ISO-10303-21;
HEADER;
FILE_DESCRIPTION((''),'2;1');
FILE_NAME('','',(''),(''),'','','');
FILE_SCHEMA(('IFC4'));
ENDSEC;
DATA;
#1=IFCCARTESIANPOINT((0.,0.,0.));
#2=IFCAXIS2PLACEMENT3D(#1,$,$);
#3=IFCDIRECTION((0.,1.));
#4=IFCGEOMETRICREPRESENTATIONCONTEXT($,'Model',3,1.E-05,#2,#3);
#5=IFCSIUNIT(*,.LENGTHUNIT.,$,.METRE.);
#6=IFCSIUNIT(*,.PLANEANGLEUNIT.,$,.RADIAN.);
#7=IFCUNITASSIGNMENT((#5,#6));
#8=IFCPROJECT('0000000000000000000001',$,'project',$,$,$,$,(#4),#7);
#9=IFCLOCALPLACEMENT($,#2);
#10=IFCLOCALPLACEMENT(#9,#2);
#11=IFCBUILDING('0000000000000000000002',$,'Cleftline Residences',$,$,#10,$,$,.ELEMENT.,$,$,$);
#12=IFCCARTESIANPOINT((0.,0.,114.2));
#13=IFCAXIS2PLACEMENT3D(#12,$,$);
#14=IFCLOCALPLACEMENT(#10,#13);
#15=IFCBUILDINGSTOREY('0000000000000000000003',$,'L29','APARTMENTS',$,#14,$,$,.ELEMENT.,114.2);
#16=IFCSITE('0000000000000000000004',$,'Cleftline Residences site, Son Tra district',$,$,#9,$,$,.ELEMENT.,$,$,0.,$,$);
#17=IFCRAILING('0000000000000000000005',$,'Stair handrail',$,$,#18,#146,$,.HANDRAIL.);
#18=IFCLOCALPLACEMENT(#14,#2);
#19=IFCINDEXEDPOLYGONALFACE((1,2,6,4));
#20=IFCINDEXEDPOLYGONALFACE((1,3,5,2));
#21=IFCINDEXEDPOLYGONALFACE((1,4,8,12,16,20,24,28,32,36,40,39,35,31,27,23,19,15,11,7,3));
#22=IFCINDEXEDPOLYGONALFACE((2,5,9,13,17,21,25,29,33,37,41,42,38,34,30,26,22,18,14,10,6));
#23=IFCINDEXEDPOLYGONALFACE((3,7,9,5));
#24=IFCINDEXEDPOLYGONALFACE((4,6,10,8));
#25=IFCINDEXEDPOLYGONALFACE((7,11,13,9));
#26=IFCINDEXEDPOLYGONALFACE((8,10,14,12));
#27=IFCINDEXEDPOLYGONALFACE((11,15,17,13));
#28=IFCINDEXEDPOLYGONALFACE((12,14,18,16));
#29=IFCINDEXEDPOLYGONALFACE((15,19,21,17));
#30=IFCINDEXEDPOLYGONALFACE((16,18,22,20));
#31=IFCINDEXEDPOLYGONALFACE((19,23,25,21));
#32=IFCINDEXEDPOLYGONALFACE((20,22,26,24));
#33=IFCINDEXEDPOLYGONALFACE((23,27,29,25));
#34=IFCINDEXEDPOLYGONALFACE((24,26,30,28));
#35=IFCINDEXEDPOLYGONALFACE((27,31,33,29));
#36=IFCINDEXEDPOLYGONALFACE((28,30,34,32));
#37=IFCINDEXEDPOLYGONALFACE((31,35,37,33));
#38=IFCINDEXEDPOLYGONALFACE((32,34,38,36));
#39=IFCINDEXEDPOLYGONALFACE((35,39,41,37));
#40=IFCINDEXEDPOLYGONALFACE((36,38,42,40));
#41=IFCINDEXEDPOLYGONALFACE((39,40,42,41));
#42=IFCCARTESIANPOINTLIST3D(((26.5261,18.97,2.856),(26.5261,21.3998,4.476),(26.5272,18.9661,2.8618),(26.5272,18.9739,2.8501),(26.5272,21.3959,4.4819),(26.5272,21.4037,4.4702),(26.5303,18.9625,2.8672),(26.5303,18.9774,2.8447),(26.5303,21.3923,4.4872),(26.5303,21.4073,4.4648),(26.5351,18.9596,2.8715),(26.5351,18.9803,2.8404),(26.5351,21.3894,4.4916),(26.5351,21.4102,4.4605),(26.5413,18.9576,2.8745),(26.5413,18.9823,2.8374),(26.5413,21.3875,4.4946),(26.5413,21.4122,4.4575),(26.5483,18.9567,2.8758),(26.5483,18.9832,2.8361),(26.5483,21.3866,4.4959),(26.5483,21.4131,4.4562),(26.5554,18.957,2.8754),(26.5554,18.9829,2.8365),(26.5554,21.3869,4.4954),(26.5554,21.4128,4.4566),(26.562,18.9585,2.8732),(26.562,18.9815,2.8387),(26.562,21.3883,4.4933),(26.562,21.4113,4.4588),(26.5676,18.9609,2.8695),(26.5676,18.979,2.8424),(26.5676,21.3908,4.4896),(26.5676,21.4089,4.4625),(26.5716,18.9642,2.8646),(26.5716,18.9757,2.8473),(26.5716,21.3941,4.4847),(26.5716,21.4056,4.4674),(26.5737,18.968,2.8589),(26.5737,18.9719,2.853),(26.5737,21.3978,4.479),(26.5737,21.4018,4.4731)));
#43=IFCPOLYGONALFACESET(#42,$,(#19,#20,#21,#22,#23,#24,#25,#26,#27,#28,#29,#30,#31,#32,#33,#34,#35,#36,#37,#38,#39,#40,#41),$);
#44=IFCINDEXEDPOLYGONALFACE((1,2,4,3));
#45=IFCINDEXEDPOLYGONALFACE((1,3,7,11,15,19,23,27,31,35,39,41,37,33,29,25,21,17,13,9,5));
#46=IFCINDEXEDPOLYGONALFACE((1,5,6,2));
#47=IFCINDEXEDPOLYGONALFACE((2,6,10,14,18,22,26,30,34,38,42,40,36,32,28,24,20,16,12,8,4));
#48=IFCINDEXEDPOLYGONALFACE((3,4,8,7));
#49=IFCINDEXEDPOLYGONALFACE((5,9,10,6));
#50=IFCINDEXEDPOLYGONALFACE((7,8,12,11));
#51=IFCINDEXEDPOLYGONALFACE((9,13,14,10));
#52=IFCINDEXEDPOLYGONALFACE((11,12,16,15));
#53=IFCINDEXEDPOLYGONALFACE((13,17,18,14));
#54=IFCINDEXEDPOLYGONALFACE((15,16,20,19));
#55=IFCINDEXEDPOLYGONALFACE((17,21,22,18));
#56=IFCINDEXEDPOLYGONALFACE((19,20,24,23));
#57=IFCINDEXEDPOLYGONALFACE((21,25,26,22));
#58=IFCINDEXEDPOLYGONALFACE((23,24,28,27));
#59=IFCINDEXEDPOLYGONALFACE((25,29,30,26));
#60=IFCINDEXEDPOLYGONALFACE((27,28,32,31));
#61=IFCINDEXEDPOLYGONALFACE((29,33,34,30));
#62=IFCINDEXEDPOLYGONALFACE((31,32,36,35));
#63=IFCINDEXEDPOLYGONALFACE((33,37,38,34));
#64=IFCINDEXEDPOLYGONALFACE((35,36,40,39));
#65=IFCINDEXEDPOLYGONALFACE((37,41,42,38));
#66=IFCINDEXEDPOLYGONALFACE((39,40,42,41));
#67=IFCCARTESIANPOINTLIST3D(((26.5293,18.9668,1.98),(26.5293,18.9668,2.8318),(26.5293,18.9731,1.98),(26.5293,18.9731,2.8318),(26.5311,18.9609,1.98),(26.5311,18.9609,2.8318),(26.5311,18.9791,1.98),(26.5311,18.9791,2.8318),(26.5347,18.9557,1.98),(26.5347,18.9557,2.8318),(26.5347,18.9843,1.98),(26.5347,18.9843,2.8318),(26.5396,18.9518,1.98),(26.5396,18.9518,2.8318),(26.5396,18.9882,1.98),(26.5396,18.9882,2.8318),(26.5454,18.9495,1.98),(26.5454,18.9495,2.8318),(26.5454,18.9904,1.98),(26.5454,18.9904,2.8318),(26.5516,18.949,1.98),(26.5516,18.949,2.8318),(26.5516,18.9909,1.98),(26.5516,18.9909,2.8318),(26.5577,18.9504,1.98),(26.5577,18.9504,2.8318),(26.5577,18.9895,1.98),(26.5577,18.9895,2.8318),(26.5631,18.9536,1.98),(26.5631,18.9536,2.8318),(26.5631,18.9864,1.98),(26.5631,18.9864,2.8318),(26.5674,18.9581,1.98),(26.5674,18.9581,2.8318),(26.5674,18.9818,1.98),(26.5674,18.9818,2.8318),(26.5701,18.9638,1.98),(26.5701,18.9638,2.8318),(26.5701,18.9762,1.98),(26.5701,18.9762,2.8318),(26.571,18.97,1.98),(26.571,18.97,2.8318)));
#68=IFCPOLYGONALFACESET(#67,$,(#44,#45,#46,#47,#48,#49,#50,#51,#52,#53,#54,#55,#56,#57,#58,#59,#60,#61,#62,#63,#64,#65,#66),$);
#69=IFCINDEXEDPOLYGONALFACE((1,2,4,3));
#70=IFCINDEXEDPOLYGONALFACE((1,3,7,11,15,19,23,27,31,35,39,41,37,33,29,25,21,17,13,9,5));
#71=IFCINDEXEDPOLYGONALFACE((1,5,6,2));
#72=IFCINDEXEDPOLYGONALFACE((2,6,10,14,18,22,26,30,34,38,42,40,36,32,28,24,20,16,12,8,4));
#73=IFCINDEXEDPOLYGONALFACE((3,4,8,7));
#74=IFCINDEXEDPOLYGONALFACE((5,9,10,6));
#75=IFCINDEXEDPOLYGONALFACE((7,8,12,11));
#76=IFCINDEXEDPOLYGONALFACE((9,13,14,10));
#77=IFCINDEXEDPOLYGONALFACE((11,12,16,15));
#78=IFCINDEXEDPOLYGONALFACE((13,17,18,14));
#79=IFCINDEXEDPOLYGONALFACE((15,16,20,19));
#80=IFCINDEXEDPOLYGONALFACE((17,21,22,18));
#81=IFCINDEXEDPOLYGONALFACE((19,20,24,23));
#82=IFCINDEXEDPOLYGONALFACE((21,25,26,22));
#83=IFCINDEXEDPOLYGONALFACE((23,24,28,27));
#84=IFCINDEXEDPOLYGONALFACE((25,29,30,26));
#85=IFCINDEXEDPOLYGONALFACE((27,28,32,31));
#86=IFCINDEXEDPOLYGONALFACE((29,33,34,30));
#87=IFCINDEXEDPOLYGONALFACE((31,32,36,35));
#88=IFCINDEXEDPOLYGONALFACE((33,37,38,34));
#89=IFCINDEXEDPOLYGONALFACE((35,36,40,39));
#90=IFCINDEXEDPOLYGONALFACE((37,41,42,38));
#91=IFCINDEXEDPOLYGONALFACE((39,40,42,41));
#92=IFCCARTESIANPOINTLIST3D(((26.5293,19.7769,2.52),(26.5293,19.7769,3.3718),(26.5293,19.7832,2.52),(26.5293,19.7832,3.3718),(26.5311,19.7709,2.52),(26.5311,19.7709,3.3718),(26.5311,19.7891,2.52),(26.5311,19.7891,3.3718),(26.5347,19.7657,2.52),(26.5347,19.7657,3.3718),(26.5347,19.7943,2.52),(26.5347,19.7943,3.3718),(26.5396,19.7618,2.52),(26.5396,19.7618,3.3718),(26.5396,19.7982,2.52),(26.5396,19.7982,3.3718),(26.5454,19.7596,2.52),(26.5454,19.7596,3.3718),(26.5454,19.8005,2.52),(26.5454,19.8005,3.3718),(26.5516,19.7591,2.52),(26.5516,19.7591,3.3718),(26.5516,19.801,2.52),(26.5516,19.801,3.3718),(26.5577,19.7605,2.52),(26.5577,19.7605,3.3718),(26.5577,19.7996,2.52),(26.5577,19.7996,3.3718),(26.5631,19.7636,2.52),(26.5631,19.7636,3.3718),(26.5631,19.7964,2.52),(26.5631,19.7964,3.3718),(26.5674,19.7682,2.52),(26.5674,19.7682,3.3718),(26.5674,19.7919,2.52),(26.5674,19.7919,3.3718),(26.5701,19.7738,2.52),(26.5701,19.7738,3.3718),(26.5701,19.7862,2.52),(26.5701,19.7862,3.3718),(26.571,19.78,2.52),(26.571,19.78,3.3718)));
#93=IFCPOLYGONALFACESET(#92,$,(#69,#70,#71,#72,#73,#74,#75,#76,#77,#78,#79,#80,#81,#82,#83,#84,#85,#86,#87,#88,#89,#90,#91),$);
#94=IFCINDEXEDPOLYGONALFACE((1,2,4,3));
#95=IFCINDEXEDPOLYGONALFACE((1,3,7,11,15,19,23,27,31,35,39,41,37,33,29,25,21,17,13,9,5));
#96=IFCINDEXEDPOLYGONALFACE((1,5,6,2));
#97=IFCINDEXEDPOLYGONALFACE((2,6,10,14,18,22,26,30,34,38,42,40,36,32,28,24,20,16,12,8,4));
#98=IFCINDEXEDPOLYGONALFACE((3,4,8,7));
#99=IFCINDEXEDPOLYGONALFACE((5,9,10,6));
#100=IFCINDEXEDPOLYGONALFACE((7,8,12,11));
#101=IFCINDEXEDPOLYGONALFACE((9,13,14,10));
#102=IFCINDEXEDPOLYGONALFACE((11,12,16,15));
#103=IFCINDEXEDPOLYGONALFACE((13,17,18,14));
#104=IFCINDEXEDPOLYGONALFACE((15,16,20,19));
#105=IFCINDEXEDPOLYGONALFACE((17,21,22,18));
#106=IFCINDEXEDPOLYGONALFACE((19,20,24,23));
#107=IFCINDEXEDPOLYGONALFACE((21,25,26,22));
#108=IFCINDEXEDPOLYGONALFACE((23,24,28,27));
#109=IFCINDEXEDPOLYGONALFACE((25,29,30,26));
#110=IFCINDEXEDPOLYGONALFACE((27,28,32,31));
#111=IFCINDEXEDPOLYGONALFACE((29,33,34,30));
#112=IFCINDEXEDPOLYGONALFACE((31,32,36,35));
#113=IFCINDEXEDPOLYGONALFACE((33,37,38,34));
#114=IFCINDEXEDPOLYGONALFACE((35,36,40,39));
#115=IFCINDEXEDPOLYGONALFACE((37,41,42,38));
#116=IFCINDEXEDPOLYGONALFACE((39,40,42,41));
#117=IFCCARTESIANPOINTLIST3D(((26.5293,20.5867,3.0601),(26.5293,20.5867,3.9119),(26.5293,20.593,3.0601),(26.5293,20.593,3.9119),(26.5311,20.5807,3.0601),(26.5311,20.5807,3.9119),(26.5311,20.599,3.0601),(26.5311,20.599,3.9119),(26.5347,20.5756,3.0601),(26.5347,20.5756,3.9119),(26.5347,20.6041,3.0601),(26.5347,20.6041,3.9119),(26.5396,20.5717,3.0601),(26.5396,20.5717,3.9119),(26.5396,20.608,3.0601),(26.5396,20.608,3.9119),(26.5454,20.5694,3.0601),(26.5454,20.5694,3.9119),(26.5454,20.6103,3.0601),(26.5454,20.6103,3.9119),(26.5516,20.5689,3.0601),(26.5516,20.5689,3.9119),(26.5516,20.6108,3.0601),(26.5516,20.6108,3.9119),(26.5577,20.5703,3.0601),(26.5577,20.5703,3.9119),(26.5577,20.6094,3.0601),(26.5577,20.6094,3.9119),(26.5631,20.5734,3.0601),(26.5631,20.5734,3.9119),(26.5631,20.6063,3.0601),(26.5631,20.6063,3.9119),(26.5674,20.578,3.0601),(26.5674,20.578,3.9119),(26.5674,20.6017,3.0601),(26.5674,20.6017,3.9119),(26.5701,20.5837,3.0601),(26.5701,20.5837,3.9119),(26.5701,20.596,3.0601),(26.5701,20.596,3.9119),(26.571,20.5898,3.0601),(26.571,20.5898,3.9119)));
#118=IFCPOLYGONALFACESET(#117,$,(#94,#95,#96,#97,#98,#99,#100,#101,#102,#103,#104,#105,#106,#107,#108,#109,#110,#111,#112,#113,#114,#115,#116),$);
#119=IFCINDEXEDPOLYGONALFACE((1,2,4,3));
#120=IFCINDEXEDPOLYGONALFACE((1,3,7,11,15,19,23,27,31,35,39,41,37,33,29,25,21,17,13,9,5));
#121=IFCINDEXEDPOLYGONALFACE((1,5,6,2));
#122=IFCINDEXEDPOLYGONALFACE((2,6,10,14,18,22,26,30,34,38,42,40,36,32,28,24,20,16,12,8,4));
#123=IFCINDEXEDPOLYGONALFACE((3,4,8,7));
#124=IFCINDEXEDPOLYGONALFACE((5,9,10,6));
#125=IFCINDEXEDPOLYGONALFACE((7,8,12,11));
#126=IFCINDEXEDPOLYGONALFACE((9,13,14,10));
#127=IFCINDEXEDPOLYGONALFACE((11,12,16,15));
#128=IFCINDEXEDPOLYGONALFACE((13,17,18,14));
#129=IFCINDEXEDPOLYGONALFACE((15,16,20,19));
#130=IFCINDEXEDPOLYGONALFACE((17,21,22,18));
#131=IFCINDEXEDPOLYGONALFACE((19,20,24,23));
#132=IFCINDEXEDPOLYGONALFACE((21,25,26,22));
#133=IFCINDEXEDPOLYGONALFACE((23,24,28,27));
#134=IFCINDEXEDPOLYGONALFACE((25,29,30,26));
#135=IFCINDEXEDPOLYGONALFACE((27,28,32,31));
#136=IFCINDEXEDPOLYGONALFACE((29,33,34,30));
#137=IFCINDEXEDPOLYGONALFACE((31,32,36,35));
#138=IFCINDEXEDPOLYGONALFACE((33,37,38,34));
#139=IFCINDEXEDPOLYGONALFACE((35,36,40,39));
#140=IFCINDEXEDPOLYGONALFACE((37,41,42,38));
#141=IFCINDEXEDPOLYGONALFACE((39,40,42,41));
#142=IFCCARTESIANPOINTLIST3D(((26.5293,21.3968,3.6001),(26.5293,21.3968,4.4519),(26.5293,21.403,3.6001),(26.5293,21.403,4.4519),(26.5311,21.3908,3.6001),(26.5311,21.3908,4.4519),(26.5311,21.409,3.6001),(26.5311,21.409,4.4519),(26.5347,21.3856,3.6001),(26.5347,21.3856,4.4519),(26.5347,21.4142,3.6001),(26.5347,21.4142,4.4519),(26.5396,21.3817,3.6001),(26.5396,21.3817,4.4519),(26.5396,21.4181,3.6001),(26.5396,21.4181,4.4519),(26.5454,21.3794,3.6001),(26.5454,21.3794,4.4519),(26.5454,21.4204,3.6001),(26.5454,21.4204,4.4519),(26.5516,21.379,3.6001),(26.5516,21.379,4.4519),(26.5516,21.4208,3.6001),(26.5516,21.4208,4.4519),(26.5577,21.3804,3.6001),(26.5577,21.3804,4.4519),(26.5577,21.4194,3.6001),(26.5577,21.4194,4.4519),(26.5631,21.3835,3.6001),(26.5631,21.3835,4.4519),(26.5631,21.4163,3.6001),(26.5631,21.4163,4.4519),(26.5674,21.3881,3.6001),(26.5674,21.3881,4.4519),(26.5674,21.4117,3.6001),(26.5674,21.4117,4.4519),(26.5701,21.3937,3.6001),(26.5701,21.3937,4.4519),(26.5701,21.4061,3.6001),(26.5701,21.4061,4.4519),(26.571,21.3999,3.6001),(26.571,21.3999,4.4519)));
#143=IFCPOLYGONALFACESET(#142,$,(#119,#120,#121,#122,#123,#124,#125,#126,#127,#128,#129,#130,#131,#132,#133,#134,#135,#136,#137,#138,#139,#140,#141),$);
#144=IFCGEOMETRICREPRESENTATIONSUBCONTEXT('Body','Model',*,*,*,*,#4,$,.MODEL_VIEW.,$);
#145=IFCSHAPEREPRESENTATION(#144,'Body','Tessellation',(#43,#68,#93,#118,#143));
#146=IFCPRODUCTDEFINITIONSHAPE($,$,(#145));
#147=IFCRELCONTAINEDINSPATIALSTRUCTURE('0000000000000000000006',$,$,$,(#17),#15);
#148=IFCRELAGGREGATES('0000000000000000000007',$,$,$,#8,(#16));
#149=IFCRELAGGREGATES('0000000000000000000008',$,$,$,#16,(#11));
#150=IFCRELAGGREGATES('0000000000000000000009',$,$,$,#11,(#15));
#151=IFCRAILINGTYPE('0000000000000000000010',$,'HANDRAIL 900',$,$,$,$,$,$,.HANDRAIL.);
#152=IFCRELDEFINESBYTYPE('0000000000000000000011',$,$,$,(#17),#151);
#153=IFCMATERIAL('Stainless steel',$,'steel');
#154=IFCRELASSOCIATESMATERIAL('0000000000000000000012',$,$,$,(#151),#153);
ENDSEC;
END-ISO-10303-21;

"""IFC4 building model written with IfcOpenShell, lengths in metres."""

from ifc_helpers import new_model, si_unit, direction, frame, origin, origin_2d, place, context, subcontext, project, spatial, circle, extrude, material, type_object, element, save


model = new_model("IFC4")

# Units and contexts
model_context = context("Model", 3, precision=1e-05, world=origin(), true_north=direction((0.0, 1.0)))
body_context = subcontext(model_context, "Body", "Model", "MODEL_VIEW")
ifc_project = project(units=[si_unit("LENGTHUNIT", "METRE"), si_unit("PLANEANGLEUNIT", "RADIAN")], contexts=[model_context])

# Site, building, storey
site_placement = place(None, origin())
site = spatial("IfcSite", under=ifc_project, at=site_placement, Name="Cleftline Residences site, Son Tra district", CompositionType="ELEMENT", RefElevation=0.0)
building_placement = place(site_placement, origin())
building = spatial("IfcBuilding", under=site, at=building_placement, Name="Cleftline Residences", CompositionType="ELEMENT")
storey_placement = place(building_placement, frame((0.0, 0.0, 114.2)))
storey = spatial("IfcBuildingStorey", under=building, at=storey_placement, Name="L29", Description="APARTMENTS", CompositionType="ELEMENT", Elevation=114.2)

# Railing
ifc_material_1 = material(Name="Stainless steel", Category="steel")
railing_type = type_object("IfcRailingType", Name="HANDRAIL 900", PredefinedType="HANDRAIL", material=ifc_material_1)
railing_1_placement = place(storey_placement, frame((26.55, 18.97, 1.98)))
element("IfcRailing", 1, at=railing_1_placement, inside=storey, type_object=railing_type, Name="Stair handrail", PredefinedType="HANDRAIL", context=body_context, shape_type="SweptSolid", body=[
    extrude(circle(Radius=0.0239, at=origin_2d()), frame((0.0, 0.0, 0.876), z_axis=(0.0, 0.832025, 0.554739), x_axis=(-1.0, 0.0, 0.0)), (0.0, 0.0, 1.0), 2.9204),
    extrude(circle(Radius=0.021, at=origin_2d()), origin(), (0.0, 0.0, 1.0), 0.8518),
    extrude(circle(Radius=0.021, at=origin_2d()), frame((0.0, 0.8101, 0.54)), (0.0, 0.0, 1.0), 0.8518),
    extrude(circle(Radius=0.021, at=origin_2d()), frame((0.0, 1.6199, 1.0801)), (0.0, 0.0, 1.0), 0.8518),
    extrude(circle(Radius=0.021, at=origin_2d()), frame((0.0, 2.4299, 1.6201)), (0.0, 0.0, 1.0), 0.8518),
])

save(model, "model.ifc")
